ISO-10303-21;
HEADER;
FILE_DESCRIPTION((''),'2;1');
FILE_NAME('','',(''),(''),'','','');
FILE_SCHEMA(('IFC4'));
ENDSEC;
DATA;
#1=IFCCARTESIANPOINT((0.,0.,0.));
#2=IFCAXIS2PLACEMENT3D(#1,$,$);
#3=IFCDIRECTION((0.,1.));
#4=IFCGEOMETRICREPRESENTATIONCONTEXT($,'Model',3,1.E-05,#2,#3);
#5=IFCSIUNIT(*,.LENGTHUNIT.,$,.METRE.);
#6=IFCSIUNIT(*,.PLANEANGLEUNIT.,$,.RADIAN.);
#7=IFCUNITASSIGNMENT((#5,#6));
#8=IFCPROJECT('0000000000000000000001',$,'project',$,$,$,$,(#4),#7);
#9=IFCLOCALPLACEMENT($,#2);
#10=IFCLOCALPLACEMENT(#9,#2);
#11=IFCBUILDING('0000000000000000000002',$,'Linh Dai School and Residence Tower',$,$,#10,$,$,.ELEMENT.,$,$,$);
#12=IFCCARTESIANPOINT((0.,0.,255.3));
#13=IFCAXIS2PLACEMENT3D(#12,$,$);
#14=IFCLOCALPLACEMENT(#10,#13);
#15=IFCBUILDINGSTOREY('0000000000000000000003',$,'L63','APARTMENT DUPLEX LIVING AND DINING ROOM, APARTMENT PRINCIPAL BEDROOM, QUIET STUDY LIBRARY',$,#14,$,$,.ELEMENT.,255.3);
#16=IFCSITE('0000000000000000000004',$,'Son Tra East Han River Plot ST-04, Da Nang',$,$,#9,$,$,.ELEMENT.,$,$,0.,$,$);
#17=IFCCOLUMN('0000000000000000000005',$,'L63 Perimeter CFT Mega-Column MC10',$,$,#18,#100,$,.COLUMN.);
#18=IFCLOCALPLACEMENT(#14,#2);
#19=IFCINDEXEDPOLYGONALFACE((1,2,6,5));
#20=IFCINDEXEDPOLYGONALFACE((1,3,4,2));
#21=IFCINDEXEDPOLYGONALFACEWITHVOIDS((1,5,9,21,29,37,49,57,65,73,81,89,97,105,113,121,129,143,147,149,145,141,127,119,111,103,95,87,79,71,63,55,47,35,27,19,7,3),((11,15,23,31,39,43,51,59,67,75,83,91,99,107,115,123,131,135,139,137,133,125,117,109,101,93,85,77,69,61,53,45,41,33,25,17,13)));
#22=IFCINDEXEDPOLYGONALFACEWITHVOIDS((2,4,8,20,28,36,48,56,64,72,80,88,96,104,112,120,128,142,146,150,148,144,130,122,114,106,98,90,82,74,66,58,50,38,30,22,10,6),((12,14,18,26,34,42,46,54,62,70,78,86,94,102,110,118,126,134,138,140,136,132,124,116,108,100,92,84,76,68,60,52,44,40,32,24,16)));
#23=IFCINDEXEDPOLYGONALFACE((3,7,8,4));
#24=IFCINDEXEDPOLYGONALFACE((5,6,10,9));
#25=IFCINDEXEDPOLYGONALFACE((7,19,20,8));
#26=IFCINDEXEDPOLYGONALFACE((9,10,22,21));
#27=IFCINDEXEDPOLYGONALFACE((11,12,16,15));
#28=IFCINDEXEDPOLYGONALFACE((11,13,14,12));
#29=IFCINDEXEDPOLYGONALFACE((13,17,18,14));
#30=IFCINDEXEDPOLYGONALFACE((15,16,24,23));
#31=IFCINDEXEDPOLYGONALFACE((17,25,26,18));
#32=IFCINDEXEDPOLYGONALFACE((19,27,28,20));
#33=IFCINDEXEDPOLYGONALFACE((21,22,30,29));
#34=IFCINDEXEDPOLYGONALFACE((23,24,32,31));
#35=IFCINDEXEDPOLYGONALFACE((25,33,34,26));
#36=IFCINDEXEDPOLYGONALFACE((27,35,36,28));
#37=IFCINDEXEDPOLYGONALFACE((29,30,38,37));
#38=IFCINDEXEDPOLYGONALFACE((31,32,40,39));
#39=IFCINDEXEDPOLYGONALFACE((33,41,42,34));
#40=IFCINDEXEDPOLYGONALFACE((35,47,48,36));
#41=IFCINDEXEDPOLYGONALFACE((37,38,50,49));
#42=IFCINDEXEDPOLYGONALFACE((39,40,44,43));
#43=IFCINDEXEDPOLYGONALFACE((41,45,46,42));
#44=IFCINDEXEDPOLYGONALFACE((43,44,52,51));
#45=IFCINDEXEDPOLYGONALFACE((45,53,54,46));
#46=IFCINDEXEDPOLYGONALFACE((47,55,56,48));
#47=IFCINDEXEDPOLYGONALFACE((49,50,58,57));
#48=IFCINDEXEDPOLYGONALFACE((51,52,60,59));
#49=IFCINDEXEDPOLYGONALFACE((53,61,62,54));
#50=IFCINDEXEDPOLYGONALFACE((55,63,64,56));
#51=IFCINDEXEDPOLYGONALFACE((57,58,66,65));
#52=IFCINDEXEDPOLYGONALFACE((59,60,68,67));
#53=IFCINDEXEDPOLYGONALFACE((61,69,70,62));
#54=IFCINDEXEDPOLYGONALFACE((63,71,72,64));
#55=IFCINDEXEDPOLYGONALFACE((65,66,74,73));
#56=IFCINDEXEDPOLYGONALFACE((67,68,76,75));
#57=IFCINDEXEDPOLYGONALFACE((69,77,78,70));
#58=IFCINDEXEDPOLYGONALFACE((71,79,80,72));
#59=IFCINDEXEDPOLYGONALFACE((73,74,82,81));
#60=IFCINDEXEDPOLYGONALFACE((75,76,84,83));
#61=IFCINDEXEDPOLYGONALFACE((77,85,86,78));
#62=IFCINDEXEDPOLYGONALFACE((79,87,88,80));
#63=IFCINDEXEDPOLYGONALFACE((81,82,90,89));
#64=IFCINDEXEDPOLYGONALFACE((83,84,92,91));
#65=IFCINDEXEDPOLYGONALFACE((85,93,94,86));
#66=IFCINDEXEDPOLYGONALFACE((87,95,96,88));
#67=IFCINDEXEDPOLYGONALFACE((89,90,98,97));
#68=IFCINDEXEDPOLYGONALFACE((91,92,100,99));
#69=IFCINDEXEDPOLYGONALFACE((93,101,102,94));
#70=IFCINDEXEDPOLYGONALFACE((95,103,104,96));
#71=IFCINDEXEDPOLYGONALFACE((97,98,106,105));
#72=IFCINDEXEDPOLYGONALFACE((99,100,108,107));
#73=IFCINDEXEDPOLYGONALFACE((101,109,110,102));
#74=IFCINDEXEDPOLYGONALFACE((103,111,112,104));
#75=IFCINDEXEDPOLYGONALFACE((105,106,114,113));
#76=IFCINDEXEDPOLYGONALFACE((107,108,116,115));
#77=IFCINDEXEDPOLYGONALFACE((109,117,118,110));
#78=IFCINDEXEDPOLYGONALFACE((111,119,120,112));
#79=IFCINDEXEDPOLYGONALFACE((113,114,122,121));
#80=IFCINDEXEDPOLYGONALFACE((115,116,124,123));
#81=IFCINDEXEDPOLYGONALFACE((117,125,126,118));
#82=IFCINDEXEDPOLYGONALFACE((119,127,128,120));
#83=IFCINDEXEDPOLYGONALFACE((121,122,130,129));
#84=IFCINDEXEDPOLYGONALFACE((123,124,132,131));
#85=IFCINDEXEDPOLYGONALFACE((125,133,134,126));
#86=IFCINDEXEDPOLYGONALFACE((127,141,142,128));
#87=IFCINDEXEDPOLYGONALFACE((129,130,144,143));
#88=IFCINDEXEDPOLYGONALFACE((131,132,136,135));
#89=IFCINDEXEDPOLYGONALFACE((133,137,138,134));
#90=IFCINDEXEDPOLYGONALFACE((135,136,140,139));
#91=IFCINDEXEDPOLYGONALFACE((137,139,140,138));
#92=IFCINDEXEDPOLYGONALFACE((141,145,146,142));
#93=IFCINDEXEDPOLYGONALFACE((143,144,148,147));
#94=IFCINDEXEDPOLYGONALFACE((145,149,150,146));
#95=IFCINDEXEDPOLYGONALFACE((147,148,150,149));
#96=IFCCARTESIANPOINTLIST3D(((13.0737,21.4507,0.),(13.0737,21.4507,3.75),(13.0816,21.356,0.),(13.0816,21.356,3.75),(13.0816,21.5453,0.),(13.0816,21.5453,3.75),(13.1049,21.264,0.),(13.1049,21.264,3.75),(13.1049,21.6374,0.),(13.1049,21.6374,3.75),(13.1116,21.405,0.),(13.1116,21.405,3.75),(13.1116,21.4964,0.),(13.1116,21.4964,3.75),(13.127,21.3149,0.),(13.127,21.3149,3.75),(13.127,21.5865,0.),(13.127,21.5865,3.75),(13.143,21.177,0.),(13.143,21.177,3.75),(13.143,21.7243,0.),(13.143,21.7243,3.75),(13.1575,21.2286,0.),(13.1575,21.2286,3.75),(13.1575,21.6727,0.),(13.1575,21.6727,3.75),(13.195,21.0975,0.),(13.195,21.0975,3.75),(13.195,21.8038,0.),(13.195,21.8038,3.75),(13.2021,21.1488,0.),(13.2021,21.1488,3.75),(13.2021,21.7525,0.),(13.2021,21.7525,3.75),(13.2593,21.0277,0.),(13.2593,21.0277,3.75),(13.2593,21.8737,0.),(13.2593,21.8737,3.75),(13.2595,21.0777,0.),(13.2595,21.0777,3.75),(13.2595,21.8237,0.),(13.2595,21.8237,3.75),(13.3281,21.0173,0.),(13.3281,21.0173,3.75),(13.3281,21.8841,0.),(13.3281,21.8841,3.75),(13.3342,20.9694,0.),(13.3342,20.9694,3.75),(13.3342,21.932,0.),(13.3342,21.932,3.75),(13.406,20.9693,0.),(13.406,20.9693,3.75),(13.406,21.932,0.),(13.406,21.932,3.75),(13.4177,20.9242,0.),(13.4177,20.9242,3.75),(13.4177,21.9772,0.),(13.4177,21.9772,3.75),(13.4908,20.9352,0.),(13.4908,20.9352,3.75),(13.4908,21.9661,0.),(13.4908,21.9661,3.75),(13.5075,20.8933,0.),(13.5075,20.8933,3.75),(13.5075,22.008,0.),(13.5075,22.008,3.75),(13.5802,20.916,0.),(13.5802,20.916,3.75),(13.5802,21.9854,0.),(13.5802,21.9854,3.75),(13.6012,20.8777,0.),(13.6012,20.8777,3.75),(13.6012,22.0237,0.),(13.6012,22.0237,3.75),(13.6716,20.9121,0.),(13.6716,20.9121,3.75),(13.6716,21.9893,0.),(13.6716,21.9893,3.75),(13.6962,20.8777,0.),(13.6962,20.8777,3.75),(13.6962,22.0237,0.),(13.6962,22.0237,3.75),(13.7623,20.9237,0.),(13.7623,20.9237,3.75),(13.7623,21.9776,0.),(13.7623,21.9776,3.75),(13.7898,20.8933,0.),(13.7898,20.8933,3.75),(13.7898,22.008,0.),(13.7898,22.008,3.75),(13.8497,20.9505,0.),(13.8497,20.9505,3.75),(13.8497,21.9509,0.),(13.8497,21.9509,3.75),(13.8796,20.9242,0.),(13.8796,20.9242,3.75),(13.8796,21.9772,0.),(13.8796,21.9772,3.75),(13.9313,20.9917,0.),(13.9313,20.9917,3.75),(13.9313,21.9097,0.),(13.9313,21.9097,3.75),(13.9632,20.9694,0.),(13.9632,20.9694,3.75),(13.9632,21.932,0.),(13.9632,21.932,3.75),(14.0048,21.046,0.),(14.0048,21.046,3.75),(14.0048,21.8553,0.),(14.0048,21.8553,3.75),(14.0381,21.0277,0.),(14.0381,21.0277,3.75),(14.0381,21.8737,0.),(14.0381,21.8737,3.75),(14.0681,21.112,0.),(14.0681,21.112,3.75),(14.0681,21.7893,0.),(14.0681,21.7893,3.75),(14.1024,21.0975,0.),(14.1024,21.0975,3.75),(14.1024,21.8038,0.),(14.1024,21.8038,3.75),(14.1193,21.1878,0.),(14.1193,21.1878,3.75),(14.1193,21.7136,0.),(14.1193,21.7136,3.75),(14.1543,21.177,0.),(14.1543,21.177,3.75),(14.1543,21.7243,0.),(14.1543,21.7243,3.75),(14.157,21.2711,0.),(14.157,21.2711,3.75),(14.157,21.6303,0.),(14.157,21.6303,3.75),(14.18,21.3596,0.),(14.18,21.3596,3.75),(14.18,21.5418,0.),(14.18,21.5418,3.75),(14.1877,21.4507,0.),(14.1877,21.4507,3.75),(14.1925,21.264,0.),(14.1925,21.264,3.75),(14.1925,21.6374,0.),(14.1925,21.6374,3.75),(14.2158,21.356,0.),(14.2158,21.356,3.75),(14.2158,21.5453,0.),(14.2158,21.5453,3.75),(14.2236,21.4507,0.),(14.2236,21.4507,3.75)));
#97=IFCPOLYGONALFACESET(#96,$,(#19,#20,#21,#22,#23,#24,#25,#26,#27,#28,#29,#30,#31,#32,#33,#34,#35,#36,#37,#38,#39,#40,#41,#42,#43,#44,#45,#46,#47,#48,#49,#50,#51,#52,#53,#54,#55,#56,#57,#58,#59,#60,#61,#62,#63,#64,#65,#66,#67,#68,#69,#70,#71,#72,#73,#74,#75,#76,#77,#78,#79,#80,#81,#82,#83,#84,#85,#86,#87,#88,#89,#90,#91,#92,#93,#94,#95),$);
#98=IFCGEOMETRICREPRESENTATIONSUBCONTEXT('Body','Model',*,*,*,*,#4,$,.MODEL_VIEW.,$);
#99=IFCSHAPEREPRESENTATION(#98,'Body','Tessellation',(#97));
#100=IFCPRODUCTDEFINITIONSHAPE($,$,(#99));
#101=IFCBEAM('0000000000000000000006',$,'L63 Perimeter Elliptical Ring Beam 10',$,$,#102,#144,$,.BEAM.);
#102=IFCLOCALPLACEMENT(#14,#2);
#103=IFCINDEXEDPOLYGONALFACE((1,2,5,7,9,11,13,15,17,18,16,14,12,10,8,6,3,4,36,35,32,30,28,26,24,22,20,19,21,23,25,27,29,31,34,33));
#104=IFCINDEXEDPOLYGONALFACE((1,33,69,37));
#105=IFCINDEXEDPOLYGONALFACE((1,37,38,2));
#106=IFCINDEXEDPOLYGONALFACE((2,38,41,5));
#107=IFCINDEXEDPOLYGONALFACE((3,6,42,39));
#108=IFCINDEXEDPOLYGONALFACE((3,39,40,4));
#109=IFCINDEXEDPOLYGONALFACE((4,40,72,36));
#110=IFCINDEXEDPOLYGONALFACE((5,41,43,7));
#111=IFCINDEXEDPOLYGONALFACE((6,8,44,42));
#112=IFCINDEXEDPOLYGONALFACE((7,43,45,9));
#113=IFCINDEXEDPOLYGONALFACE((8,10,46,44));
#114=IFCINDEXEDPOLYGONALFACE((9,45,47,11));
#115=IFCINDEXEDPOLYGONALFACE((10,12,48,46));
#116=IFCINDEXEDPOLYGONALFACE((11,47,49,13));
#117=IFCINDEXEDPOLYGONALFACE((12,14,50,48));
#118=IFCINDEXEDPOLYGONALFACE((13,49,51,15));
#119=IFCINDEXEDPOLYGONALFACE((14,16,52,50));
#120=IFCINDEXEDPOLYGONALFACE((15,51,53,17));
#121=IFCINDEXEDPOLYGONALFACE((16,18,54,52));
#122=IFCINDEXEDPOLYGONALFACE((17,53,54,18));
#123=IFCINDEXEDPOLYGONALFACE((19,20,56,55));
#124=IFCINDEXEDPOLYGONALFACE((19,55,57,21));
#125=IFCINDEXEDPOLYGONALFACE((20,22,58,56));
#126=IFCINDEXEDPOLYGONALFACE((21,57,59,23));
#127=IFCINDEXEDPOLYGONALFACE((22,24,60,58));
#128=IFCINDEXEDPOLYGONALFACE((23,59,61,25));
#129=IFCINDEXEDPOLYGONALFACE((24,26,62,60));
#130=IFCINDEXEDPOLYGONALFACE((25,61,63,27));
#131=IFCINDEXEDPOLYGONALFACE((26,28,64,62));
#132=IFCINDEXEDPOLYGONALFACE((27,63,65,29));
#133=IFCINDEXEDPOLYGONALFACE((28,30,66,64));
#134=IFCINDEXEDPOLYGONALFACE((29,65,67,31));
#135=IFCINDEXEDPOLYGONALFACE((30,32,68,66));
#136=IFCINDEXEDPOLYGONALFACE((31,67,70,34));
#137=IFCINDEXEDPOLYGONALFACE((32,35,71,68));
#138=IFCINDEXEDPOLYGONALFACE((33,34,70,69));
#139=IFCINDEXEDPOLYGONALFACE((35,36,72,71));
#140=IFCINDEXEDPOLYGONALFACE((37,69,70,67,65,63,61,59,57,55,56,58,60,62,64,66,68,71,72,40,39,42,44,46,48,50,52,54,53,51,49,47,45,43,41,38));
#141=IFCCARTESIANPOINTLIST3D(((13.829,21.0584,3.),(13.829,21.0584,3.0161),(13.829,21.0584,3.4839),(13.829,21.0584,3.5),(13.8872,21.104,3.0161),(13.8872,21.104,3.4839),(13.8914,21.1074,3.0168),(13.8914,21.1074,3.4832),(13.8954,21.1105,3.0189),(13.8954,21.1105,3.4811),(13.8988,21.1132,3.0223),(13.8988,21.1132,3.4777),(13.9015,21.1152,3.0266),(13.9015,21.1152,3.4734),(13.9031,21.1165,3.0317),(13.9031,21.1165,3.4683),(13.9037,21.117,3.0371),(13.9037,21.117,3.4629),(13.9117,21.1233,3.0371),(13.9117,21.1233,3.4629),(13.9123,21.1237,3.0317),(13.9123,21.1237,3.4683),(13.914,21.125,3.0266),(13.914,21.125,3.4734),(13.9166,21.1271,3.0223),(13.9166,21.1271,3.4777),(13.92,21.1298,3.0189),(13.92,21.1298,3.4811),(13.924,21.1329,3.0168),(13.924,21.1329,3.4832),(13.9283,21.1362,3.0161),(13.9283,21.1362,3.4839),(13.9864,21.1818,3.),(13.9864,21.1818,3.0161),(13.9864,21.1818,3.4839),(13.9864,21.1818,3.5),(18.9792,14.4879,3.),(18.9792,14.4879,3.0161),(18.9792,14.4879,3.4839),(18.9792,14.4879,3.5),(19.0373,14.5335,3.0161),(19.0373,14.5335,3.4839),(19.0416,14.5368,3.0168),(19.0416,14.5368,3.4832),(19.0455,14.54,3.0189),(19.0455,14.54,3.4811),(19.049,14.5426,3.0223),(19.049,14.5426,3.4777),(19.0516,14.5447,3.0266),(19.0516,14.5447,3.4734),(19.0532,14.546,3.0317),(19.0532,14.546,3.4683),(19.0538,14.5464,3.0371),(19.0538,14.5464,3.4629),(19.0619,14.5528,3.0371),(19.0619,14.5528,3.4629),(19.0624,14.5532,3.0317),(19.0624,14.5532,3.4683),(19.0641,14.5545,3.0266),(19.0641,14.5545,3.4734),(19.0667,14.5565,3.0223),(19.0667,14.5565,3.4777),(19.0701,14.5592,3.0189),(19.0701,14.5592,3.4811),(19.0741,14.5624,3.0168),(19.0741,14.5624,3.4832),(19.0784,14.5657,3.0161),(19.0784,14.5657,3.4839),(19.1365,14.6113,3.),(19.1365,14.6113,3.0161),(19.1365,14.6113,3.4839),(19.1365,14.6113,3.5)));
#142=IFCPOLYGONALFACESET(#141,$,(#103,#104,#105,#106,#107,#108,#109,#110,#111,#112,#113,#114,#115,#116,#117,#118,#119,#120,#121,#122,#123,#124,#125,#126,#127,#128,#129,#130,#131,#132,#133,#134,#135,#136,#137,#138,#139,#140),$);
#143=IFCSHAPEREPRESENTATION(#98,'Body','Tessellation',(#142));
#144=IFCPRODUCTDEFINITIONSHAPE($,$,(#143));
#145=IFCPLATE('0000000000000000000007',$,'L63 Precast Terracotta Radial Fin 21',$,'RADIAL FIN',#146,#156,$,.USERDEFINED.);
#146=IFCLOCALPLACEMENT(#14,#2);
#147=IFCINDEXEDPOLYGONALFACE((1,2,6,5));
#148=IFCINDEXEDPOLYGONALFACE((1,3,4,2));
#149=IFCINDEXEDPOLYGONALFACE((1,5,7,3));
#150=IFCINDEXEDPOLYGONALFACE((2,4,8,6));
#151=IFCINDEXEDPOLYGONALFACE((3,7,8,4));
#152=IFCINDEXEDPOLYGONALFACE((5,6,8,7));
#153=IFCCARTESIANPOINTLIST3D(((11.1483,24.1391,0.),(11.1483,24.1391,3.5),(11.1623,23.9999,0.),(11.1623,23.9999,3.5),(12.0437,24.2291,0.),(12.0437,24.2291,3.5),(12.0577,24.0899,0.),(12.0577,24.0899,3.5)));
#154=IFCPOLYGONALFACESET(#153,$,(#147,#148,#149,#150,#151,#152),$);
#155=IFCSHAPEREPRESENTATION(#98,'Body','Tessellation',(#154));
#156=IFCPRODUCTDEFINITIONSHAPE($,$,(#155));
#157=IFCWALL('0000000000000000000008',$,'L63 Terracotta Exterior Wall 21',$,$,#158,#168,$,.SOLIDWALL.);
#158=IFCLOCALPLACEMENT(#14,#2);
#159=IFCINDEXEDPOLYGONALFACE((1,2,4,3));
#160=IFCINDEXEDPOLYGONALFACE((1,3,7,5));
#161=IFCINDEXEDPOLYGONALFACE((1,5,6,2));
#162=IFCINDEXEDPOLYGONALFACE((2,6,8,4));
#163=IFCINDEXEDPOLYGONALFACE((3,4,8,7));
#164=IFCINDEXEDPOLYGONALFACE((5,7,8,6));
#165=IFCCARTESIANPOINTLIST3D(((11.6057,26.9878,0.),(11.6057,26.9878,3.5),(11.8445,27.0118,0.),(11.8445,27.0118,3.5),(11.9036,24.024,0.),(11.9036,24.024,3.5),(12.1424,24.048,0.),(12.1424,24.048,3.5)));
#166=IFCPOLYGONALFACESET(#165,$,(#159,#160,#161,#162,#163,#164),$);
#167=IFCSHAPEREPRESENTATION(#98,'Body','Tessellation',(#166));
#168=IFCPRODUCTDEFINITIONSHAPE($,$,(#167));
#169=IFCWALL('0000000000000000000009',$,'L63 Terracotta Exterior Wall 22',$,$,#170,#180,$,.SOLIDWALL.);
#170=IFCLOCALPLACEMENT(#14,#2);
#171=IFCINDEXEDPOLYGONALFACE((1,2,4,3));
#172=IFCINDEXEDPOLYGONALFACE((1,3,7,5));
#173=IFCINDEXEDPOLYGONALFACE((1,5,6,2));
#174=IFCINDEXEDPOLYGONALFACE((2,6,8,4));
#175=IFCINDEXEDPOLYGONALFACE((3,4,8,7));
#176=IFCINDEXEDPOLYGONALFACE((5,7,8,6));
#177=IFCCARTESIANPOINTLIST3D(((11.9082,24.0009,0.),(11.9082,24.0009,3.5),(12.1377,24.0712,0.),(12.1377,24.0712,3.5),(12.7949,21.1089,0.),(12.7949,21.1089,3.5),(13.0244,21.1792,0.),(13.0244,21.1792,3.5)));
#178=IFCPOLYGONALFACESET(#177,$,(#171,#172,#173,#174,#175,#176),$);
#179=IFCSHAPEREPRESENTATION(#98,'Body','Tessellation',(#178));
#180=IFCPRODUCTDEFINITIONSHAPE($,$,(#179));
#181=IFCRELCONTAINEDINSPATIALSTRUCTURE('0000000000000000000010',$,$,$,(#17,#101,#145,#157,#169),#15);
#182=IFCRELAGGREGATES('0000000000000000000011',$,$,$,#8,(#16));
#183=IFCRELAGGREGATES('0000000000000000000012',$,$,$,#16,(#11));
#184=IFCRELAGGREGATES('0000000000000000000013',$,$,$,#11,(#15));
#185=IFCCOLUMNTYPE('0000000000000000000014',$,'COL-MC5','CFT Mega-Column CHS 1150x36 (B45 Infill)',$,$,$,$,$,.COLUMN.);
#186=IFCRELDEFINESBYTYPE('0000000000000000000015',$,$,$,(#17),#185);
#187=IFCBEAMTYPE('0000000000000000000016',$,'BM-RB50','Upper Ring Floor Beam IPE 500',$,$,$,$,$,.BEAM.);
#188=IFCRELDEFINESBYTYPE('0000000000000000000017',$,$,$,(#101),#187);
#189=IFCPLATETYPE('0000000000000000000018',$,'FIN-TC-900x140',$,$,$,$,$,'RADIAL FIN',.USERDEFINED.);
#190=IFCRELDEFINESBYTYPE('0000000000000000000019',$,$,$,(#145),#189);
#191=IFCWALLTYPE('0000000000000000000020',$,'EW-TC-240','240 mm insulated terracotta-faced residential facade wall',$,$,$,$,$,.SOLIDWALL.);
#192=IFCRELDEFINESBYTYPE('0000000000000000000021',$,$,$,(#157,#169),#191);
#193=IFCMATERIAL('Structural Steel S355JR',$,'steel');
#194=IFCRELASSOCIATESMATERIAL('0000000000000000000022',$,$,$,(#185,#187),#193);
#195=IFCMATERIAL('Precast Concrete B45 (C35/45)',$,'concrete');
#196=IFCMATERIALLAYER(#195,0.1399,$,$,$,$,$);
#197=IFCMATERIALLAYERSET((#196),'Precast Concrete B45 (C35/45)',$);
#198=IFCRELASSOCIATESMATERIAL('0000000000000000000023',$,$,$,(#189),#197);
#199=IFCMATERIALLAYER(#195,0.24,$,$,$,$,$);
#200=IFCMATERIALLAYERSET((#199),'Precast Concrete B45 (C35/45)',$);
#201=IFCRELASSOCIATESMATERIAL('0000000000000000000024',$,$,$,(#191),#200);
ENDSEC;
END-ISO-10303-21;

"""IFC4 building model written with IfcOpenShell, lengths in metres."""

from ifc_helpers import new_model, si_unit, direction, frame, frame_2d, origin, origin_2d, place, context, subcontext, project, spatial, rectangle, hollow_circle, i_section, extrude, source, transform, mapped, material, layer, layer_set, material_profile, profile_set, type_object, element, save


model = new_model("IFC4")

# Units and contexts
model_context = context("Model", 3, precision=1e-05, world=origin(), true_north=direction((0.0, 1.0)))
body_context = subcontext(model_context, "Body", "Model", "MODEL_VIEW")
ifc_project = project(units=[si_unit("LENGTHUNIT", "METRE"), si_unit("PLANEANGLEUNIT", "RADIAN")], contexts=[model_context])

# Site, building, storey
site_placement = place(None, origin())
site = spatial("IfcSite", under=ifc_project, at=site_placement, Name="Son Tra East Han River Plot ST-04, Da Nang", CompositionType="ELEMENT", RefElevation=0.0)
building_placement = place(site_placement, origin())
building = spatial("IfcBuilding", under=site, at=building_placement, Name="Linh Dai School and Residence Tower", CompositionType="ELEMENT")
storey_placement = place(building_placement, frame((0.0, 0.0, 255.3)))
storey = spatial("IfcBuildingStorey", under=building, at=storey_placement, Name="L63", Description="APARTMENT DUPLEX LIVING AND DINING ROOM, APARTMENT PRINCIPAL BEDROOM, QUIET STUDY LIBRARY", CompositionType="ELEMENT", Elevation=255.3)

# Column
ifc_material_1 = material(Name="Structural Steel S355JR", Category="steel")
ifc_material_profile_1 = material_profile(ifc_material_1, hollow_circle(Radius=0.575, WallThickness=0.0359, at=origin_2d()), Name="CHS 1150x36")
ifc_profile_set_1 = profile_set([ifc_material_profile_1], Name="Structural Steel S355JR")
column_type = type_object("IfcColumnType", Name="COL-MC5", Description="CFT Mega-Column CHS 1150x36 (B45 Infill)", PredefinedType="COLUMN", material=ifc_profile_set_1)
column_placement = place(storey_placement, frame((13.6487, 21.4507, 0.0), z_axis=(0.0, 0.0, 1.0), x_axis=(1.0, 0.0, 0.0)))
element("IfcColumn", 1, at=column_placement, inside=storey, type_object=column_type, Name="L63 Perimeter CFT Mega-Column MC10", PredefinedType="COLUMN", context=body_context, shape_type="SweptSolid", body=[
    extrude(hollow_circle(Radius=0.575, WallThickness=0.0359, at=origin_2d()), origin(), (0.0, 0.0, 1.0), 3.75),
])

# Beam
ifc_material_profile_2 = material_profile(ifc_material_1, i_section(OverallWidth=0.2, OverallDepth=0.5, WebThickness=0.0103, FlangeThickness=0.0161, FilletRadius=0.021, at=origin_2d()), Name="IPE 500")
ifc_profile_set_2 = profile_set([ifc_material_profile_2], Name="Structural Steel S355JR")
beam_type = type_object("IfcBeamType", Name="BM-RB50", Description="Upper Ring Floor Beam IPE 500", PredefinedType="BEAM", material=ifc_profile_set_2)
beam_placement = place(storey_placement, frame((13.9077, 21.1201, 3.25), z_axis=(0.6169, -0.787041, 0.0), x_axis=(0.787041, 0.6169, 0.0)))
element("IfcBeam", 2, at=beam_placement, inside=storey, type_object=beam_type, Name="L63 Perimeter Elliptical Ring Beam 10", PredefinedType="BEAM", context=body_context, shape_type="SweptSolid", body=[
    extrude(i_section(OverallWidth=0.2, OverallDepth=0.5, WebThickness=0.0103, FlangeThickness=0.0161, FilletRadius=0.021, at=origin_2d()), origin(), (0.0, 0.0, 1.0), 8.3484),
])

# Plate
ifc_material_2 = material(Name="Precast Concrete B45 (C35/45)", Category="concrete")
ifc_layer_1 = layer(ifc_material_2, 0.1399)
ifc_layer_set_1 = layer_set([ifc_layer_1], Name="Precast Concrete B45 (C35/45)")
plate_type = type_object("IfcPlateType", Name="FIN-TC-900x140", ElementType="RADIAL FIN", PredefinedType="USERDEFINED", material=ifc_layer_set_1)
shared_shape_1 = source(origin(), body_context, "Body", "SweptSolid", [
    extrude(rectangle(XDim=0.8999, YDim=0.1399, at=origin_2d()), origin(), (0.0, 0.0, 1.0), 3.5),
])
plate_placement = place(storey_placement, frame((11.603, 24.1145, 0.0), z_axis=(0.0, 0.0, 1.0), x_axis=(-0.994986, -0.100012, 0.0)))
element("IfcPlate", 3, at=plate_placement, inside=storey, type_object=plate_type, Name="L63 Precast Terracotta Radial Fin 21", ObjectType="RADIAL FIN", PredefinedType="USERDEFINED", context=body_context, shape_type="MappedRepresentation", body=[
    mapped(shared_shape_1, transform((0.0, 0.0, 0.0), x_axis=(1.0, 0.0, 0.0), y_axis=(0.0, 1.0, 0.0), z_axis=(0.0, 0.0, 1.0), scale=1.0)),
])

# Walls
ifc_layer_2 = layer(ifc_material_2, 0.24)
ifc_layer_set_2 = layer_set([ifc_layer_2], Name="Precast Concrete B45 (C35/45)")
wall_type_1 = type_object("IfcWallType", Name="EW-TC-240", Description="240 mm insulated terracotta-faced residential facade wall", PredefinedType="SOLIDWALL", material=ifc_layer_set_2)
wall_1_placement = place(storey_placement, frame((12.0229, 24.0361, 0.0), z_axis=(0.0, 0.0, 1.0), x_axis=(-0.099991, 0.994988, 0.0)))
element("IfcWall", 4, at=wall_1_placement, inside=storey, type_object=wall_type_1, Name="L63 Terracotta Exterior Wall 21", PredefinedType="SOLIDWALL", context=body_context, shape_type="SweptSolid", body=[
    extrude(rectangle(XDim=2.9788, YDim=0.24, at=frame_2d((1.4893, 0.0))), origin(), (0.0, 0.0, 1.0), 3.5),
])
wall_2_placement = place(storey_placement, frame((12.9097, 21.144, 0.0), z_axis=(0.0, 0.0, 1.0), x_axis=(-0.293133, 0.956072, 0.0)))
element("IfcWall", 5, at=wall_2_placement, inside=storey, type_object=wall_type_1, Name="L63 Terracotta Exterior Wall 22", PredefinedType="SOLIDWALL", context=body_context, shape_type="SweptSolid", body=[
    extrude(rectangle(XDim=3.0249, YDim=0.24, at=frame_2d((1.5125, 0.0))), origin(), (0.0, 0.0, 1.0), 3.5),
])

save(model, "model.ifc")
